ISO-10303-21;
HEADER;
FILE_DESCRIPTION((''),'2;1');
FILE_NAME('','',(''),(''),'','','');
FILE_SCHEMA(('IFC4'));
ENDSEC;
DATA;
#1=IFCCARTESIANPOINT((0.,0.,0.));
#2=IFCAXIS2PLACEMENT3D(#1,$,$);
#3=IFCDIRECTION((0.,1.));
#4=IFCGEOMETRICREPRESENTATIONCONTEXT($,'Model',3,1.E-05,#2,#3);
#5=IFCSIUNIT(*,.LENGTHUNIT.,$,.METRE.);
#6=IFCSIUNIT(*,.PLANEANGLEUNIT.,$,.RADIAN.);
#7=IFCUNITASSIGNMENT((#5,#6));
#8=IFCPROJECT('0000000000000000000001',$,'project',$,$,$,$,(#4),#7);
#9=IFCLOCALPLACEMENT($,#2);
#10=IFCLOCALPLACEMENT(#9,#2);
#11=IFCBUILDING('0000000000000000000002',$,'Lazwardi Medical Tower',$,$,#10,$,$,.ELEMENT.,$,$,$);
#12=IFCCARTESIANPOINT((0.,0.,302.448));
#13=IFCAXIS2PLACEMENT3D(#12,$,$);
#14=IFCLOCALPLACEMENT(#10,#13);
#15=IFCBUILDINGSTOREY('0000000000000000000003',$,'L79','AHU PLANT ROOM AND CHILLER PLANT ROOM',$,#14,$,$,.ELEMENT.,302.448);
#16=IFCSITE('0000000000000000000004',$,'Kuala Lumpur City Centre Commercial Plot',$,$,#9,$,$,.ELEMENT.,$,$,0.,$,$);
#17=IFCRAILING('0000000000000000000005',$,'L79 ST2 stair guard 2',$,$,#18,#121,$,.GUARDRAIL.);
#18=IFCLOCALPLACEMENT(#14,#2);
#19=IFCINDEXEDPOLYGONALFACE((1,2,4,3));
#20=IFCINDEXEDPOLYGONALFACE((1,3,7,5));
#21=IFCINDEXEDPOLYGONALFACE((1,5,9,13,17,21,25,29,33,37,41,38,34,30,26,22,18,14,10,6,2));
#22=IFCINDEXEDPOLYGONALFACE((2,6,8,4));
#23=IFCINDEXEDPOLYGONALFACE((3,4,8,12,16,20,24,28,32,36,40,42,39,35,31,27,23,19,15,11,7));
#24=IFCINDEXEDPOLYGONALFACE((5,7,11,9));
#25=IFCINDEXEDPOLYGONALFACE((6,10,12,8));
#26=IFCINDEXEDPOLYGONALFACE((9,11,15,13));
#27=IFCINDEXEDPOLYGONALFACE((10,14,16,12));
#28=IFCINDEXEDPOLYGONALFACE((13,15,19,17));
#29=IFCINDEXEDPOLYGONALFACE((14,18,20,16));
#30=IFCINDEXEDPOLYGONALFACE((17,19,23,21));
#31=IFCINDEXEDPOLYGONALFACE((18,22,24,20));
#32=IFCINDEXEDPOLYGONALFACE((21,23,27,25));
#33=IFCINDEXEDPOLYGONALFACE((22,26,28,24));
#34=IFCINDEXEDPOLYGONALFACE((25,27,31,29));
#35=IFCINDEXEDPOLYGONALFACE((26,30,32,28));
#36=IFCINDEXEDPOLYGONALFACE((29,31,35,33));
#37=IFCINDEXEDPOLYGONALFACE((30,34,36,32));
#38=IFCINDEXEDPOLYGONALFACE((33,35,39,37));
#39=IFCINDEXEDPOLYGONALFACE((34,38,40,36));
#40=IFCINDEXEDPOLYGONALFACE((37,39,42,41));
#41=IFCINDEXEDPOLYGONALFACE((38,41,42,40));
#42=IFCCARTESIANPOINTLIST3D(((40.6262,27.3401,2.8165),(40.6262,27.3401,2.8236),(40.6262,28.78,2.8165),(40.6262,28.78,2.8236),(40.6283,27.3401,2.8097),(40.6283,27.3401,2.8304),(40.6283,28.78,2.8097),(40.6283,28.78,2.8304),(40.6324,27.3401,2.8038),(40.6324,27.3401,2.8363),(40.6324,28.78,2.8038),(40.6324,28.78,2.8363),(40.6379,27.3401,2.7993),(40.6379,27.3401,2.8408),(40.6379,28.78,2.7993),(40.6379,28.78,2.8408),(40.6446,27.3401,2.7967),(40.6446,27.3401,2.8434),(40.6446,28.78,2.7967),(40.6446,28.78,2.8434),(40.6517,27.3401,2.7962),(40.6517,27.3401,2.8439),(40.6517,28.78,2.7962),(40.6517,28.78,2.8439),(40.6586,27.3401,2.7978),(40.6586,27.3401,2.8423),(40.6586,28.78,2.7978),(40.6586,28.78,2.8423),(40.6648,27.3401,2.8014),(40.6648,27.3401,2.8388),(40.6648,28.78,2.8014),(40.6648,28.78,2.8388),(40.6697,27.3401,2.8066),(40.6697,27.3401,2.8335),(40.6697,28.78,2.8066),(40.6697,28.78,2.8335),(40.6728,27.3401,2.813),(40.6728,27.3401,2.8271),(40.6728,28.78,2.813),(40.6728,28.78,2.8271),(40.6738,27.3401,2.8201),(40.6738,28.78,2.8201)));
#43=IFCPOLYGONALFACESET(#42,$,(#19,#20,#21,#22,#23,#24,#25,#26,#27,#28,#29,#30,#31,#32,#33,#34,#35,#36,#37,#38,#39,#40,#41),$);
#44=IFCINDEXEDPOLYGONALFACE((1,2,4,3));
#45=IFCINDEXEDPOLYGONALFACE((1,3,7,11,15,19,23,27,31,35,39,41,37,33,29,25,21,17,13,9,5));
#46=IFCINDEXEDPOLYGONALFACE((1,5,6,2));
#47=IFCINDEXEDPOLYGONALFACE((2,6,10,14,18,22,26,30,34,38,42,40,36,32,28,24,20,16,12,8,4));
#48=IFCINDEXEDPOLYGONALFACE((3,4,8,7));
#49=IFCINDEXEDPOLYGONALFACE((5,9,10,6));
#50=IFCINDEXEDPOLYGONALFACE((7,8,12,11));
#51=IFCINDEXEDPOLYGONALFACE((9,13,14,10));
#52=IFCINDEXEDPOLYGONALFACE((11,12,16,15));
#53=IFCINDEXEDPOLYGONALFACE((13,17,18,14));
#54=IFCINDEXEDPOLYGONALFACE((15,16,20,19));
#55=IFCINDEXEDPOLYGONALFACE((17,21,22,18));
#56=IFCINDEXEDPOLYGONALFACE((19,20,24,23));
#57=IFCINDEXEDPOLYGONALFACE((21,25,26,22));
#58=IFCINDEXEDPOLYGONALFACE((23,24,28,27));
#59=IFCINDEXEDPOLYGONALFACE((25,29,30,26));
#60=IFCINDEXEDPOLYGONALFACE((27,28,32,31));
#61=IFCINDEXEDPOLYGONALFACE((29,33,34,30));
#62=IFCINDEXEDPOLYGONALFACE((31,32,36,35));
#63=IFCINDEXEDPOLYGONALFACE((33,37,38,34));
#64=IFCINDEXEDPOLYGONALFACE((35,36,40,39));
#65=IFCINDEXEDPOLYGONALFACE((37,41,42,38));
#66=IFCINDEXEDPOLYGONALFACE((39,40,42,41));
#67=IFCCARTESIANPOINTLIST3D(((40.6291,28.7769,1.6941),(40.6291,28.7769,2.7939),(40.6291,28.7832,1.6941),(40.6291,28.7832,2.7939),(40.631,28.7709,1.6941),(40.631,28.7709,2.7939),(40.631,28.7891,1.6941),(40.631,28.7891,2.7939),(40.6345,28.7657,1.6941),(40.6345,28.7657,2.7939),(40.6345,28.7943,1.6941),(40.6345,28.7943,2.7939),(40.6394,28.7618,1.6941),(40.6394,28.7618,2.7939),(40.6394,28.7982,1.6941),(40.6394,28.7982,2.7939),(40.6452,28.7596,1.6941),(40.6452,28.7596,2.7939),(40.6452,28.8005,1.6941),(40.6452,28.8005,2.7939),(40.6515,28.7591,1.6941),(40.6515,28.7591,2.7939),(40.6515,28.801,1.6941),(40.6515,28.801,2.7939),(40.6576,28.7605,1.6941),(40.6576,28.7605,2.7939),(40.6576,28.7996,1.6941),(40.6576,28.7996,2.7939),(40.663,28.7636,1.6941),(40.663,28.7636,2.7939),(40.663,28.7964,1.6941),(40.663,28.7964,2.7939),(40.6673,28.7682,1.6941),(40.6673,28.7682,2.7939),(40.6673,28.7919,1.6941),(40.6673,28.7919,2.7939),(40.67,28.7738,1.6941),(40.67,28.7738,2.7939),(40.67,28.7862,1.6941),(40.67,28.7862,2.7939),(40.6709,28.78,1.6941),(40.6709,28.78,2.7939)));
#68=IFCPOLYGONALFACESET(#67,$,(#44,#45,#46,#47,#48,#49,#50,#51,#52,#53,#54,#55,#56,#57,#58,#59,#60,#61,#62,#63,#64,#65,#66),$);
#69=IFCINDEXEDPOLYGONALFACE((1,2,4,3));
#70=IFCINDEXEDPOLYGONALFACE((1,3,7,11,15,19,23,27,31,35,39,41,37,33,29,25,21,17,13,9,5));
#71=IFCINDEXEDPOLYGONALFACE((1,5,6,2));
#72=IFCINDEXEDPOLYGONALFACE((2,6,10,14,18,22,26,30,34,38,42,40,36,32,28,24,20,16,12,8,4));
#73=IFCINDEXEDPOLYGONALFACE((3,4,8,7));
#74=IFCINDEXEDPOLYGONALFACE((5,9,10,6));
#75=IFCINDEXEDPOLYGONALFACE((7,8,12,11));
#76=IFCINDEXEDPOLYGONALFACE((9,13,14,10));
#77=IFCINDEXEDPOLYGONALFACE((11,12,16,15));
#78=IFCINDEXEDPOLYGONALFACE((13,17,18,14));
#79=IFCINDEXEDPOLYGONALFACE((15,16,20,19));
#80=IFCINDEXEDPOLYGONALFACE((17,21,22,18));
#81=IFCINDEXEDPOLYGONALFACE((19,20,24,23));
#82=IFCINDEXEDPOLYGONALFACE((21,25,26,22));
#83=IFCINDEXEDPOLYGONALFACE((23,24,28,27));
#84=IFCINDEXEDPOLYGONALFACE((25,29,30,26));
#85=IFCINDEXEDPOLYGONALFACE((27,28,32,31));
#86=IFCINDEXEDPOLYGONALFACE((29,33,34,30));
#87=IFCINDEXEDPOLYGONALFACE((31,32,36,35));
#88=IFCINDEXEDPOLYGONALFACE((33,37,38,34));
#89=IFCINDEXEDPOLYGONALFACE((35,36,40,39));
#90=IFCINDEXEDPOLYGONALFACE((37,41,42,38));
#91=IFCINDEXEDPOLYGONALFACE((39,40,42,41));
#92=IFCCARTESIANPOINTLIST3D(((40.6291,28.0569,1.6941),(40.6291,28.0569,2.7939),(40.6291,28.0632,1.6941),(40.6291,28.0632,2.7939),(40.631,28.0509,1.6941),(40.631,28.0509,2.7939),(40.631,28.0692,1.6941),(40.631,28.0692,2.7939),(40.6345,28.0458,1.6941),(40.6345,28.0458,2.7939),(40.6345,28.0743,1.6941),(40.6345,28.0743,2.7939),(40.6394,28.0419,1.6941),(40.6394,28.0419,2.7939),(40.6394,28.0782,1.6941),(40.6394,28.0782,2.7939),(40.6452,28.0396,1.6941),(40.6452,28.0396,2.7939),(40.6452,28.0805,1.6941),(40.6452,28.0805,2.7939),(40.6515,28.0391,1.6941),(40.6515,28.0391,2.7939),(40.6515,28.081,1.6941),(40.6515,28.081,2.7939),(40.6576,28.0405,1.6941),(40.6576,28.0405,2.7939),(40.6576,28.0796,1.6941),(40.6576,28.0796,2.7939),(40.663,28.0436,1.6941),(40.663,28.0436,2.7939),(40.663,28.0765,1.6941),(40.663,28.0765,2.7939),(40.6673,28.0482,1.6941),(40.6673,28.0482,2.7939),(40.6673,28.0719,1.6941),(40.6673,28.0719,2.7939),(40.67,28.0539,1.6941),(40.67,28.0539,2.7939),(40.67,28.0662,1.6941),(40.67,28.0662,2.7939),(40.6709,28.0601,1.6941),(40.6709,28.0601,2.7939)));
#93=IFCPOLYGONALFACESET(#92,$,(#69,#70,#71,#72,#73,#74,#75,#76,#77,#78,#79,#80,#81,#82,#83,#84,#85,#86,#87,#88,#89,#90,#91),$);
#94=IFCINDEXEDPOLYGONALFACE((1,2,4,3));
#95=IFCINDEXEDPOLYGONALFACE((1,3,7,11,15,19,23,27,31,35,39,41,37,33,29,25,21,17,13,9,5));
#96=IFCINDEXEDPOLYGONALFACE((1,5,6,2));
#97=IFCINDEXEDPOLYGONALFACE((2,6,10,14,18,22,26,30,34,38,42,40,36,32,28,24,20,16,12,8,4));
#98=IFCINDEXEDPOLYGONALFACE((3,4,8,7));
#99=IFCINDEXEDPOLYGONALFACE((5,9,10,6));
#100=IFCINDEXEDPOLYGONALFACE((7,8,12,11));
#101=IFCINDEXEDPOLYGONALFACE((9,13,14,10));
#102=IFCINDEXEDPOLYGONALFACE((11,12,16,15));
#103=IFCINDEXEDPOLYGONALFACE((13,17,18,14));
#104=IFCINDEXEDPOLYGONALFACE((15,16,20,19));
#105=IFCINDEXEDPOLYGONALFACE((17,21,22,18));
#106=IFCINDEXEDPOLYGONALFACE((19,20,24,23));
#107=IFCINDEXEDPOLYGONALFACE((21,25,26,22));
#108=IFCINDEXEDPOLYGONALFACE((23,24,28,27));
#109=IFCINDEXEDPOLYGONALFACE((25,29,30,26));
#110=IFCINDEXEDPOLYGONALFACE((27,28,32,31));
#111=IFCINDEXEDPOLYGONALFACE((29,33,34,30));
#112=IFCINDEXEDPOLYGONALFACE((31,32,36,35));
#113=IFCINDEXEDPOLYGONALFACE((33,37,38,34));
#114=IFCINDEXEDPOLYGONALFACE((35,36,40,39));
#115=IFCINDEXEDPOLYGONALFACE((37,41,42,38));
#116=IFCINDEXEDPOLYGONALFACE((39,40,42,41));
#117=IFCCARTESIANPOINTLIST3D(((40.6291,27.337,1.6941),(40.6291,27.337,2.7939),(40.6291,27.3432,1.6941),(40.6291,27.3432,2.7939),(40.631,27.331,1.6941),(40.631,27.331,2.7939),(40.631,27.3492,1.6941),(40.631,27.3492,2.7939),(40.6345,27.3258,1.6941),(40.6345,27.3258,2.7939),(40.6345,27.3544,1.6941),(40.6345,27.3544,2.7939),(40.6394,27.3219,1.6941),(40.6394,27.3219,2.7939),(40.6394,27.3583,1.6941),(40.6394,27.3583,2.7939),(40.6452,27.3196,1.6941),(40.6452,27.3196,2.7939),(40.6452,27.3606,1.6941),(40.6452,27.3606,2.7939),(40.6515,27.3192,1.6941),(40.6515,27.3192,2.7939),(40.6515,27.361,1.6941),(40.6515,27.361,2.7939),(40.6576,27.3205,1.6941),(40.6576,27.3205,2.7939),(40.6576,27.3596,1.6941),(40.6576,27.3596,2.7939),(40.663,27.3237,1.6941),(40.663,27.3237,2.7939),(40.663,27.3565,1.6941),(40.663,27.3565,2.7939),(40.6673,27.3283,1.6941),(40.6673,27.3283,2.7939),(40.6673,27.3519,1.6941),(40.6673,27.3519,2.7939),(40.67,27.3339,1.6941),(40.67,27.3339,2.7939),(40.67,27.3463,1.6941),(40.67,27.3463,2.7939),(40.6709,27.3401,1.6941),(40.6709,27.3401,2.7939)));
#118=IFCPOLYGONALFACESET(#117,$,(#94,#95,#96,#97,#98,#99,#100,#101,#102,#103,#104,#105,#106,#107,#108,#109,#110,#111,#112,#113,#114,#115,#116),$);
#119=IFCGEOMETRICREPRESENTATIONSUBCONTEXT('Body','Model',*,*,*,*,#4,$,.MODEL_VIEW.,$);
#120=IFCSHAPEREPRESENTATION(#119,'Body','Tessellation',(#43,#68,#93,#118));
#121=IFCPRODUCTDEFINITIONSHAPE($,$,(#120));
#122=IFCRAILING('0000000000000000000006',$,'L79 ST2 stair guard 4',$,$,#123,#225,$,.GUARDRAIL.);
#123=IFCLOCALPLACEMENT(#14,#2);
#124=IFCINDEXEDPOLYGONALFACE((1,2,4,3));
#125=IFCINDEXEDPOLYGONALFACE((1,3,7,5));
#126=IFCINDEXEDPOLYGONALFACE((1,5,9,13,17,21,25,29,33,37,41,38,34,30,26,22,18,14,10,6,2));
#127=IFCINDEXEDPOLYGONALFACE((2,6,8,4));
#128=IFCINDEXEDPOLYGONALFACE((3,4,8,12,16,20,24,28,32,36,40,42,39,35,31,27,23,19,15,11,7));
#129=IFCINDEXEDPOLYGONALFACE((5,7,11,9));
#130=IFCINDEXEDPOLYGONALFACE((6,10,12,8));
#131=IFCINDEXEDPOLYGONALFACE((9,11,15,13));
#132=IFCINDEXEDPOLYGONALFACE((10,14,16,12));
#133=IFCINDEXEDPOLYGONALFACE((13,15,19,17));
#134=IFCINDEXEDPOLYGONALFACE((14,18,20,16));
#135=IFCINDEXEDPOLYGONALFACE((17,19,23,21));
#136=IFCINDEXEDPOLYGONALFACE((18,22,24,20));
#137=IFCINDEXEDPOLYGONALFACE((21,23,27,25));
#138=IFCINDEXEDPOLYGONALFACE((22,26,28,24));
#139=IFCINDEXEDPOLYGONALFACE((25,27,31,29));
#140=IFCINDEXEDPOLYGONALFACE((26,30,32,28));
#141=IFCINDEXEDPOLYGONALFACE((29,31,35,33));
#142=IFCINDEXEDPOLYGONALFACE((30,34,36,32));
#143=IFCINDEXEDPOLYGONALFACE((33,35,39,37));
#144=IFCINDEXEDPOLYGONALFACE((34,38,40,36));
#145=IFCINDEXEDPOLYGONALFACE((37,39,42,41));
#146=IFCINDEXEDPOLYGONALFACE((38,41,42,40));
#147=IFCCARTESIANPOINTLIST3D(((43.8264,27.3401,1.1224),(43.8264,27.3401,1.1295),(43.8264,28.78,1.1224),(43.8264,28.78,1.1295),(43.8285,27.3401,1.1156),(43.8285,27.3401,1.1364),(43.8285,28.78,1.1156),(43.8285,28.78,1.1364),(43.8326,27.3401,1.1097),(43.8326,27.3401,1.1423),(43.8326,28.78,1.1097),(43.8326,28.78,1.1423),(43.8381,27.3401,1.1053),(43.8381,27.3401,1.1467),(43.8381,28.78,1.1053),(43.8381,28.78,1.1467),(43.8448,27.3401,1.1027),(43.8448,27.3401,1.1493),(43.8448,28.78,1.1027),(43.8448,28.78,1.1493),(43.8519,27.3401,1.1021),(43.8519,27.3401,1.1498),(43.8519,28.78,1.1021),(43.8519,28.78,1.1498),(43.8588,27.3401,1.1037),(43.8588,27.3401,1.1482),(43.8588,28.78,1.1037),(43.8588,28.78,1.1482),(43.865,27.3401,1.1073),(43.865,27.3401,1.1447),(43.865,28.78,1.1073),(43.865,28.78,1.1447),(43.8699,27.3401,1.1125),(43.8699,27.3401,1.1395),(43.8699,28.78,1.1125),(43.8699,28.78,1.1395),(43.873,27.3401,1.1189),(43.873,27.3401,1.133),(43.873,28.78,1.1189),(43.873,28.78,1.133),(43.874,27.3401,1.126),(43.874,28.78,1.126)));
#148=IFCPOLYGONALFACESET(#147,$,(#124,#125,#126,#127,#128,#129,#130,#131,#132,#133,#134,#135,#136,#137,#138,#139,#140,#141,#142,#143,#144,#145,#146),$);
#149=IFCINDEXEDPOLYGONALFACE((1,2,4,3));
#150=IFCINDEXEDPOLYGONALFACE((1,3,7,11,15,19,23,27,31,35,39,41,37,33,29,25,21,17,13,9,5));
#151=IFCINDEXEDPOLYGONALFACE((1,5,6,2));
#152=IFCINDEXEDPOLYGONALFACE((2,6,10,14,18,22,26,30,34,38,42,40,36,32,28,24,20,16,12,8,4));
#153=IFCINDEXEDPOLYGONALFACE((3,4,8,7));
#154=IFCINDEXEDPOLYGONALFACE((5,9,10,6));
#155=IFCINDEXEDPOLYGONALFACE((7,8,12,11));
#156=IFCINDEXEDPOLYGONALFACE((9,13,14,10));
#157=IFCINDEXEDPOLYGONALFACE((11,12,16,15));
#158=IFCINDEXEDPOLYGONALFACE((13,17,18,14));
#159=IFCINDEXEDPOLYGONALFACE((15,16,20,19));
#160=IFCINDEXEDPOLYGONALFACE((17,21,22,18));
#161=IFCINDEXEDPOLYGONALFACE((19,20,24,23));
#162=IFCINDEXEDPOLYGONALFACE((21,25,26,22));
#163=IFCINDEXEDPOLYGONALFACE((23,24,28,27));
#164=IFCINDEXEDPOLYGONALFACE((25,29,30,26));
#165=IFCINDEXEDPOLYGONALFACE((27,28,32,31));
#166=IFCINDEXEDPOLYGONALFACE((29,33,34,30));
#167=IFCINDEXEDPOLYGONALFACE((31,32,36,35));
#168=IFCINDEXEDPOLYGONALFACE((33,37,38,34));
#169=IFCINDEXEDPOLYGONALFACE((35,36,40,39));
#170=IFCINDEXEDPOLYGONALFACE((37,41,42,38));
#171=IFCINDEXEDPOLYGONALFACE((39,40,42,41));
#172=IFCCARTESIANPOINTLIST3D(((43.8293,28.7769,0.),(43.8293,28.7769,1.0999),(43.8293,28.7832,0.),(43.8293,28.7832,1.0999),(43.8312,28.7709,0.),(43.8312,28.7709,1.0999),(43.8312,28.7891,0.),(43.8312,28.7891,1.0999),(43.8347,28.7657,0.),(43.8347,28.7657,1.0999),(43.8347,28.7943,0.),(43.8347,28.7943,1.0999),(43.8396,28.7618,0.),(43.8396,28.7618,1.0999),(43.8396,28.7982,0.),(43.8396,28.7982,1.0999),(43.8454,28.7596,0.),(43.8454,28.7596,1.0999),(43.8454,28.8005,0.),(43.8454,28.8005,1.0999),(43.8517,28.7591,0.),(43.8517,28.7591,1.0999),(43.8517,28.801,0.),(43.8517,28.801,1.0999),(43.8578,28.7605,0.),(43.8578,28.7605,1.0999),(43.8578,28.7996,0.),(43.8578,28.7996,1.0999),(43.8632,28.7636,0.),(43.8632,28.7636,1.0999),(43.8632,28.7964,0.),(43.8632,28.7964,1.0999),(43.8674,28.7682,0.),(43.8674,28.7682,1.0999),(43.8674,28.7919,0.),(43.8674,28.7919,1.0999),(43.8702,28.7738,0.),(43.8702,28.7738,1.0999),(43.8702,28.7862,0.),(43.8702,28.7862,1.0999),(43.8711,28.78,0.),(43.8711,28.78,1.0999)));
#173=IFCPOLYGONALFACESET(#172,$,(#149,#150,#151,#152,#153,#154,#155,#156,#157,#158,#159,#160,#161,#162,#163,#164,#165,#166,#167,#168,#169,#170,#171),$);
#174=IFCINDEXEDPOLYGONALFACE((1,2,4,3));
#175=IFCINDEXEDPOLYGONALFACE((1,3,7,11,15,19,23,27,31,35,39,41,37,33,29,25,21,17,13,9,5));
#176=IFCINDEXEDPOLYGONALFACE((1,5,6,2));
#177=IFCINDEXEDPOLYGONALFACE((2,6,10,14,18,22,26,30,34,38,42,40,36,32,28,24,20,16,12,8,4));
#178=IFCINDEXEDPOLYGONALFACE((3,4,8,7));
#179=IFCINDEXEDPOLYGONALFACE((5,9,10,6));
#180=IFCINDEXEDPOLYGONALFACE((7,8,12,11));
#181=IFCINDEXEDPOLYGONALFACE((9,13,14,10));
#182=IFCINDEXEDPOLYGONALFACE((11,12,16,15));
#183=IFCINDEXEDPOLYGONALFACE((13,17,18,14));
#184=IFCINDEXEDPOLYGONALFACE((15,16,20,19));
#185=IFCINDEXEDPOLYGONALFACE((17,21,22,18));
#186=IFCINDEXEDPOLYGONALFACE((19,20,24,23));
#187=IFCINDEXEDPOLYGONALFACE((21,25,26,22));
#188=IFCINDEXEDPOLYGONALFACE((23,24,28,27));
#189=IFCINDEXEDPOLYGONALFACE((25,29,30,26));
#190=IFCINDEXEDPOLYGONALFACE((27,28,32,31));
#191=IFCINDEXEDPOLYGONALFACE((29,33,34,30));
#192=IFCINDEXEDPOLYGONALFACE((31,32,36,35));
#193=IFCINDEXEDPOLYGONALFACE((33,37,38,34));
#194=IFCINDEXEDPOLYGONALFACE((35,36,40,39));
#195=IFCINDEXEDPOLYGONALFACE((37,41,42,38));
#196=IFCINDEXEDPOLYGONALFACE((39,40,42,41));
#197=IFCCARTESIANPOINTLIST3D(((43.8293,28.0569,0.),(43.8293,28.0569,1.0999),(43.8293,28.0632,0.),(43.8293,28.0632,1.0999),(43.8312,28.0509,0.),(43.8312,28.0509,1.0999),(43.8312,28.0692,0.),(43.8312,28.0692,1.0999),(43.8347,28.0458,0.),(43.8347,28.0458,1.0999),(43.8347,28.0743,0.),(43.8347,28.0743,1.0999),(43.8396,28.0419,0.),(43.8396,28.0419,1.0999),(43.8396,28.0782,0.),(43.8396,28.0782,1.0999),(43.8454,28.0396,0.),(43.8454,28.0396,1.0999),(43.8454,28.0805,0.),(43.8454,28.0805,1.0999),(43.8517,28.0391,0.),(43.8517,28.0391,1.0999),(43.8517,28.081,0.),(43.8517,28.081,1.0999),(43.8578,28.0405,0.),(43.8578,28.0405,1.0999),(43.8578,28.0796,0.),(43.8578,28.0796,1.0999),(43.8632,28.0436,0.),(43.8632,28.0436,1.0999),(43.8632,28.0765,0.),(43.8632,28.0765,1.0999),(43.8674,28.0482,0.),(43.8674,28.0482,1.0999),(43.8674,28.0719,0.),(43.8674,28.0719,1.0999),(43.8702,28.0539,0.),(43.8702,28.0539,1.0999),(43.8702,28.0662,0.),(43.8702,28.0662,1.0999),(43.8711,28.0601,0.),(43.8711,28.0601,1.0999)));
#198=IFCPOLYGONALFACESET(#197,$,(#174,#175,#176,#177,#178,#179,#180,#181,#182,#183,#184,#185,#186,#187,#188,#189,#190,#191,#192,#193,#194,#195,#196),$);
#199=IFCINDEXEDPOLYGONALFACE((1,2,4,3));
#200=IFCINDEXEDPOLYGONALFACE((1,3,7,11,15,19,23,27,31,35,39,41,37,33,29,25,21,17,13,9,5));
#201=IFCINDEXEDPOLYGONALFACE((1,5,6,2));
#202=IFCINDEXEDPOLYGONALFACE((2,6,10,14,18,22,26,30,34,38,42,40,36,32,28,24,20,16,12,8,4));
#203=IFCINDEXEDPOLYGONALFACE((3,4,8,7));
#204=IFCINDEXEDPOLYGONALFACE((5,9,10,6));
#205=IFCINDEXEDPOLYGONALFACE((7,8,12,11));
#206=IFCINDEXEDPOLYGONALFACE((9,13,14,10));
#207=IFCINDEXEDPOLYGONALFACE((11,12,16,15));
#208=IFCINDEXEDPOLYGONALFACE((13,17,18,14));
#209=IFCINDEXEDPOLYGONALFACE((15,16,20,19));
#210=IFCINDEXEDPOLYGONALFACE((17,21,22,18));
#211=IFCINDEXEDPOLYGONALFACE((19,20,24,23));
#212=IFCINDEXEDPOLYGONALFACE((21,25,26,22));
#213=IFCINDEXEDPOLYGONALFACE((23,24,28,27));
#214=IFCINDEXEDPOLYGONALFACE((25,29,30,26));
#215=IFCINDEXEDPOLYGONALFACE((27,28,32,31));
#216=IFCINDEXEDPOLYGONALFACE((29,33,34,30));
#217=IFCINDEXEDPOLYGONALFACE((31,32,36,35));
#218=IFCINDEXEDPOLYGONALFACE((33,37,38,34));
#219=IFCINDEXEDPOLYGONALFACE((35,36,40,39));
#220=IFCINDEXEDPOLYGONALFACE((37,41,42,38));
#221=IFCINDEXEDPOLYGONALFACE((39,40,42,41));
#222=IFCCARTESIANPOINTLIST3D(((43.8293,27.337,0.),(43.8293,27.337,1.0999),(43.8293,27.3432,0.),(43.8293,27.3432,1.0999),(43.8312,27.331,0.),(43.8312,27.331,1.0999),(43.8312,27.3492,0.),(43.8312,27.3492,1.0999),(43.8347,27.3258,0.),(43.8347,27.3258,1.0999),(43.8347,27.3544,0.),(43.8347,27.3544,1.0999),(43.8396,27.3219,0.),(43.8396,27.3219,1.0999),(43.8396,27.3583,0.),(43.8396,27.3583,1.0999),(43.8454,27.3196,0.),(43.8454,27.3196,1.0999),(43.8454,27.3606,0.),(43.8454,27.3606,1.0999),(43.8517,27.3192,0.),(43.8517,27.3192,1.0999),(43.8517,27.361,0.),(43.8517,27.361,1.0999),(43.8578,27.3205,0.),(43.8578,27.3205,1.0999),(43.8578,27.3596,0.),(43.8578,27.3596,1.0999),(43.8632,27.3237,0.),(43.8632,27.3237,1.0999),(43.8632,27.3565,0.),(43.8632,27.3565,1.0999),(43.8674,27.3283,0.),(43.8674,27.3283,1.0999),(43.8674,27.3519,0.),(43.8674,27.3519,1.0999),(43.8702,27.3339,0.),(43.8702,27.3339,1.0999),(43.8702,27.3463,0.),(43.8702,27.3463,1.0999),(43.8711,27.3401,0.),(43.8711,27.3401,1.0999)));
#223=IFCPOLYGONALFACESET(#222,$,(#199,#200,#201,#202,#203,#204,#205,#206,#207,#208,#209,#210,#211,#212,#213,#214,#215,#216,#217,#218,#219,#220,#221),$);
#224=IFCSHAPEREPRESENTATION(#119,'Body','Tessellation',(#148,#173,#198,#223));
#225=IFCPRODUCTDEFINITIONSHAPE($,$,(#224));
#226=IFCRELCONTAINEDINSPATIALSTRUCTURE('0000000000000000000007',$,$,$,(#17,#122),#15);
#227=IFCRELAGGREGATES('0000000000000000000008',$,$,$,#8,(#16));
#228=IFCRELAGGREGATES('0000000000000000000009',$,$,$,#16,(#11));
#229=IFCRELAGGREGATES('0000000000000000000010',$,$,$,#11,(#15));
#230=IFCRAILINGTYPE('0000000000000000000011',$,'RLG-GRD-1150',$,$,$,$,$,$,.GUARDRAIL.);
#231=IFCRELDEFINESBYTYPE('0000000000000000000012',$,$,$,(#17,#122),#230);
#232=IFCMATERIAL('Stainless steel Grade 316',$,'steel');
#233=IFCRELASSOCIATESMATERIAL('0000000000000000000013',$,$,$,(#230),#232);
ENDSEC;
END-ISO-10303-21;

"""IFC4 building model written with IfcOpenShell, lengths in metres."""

from ifc_helpers import new_model, si_unit, direction, frame, origin, origin_2d, place, context, subcontext, project, spatial, circle, extrude, material, type_object, element, save


model = new_model("IFC4")

# Units and contexts
model_context = context("Model", 3, precision=1e-05, world=origin(), true_north=direction((0.0, 1.0)))
body_context = subcontext(model_context, "Body", "Model", "MODEL_VIEW")
ifc_project = project(units=[si_unit("LENGTHUNIT", "METRE"), si_unit("PLANEANGLEUNIT", "RADIAN")], contexts=[model_context])

# Site, building, storey
site_placement = place(None, origin())
site = spatial("IfcSite", under=ifc_project, at=site_placement, Name="Kuala Lumpur City Centre Commercial Plot", CompositionType="ELEMENT", RefElevation=0.0)
building_placement = place(site_placement, origin())
building = spatial("IfcBuilding", under=site, at=building_placement, Name="Lazwardi Medical Tower", CompositionType="ELEMENT")
storey_placement = place(building_placement, frame((0.0, 0.0, 302.448)))
storey = spatial("IfcBuildingStorey", under=building, at=storey_placement, Name="L79", Description="AHU PLANT ROOM AND CHILLER PLANT ROOM", CompositionType="ELEMENT", Elevation=302.448)

# Railings
ifc_material_1 = material(Name="Stainless steel Grade 316", Category="steel")
railing_type_1 = type_object("IfcRailingType", Name="RLG-GRD-1150", PredefinedType="GUARDRAIL", material=ifc_material_1)
for number, where, name in (
    (1, (40.6499, 28.78, 1.6941), "L79 ST2 stair guard 2"),
    (2, (43.8501, 28.78, 0.0), "L79 ST2 stair guard 4"),
):
    element("IfcRailing", number, at=place(storey_placement, frame(where)), inside=storey, type_object=railing_type_1, Name=name, PredefinedType="GUARDRAIL", context=body_context, shape_type="SweptSolid", body=[
        extrude(circle(Radius=0.0239, at=origin_2d()), frame((0.0, 0.0, 1.126), z_axis=(0.0, -1.0, 0.0), x_axis=(1.0, 0.0, 0.0)), (0.0, 0.0, 1.0), 1.4399),
        extrude(circle(Radius=0.021, at=origin_2d()), origin(), (0.0, 0.0, 1.0), 1.0999),
        extrude(circle(Radius=0.021, at=origin_2d()), frame((0.0, -0.72, 0.0)), (0.0, 0.0, 1.0), 1.0999),
        extrude(circle(Radius=0.021, at=origin_2d()), frame((0.0, -1.4399, 0.0)), (0.0, 0.0, 1.0), 1.0999),
    ])

save(model, "model.ifc")
